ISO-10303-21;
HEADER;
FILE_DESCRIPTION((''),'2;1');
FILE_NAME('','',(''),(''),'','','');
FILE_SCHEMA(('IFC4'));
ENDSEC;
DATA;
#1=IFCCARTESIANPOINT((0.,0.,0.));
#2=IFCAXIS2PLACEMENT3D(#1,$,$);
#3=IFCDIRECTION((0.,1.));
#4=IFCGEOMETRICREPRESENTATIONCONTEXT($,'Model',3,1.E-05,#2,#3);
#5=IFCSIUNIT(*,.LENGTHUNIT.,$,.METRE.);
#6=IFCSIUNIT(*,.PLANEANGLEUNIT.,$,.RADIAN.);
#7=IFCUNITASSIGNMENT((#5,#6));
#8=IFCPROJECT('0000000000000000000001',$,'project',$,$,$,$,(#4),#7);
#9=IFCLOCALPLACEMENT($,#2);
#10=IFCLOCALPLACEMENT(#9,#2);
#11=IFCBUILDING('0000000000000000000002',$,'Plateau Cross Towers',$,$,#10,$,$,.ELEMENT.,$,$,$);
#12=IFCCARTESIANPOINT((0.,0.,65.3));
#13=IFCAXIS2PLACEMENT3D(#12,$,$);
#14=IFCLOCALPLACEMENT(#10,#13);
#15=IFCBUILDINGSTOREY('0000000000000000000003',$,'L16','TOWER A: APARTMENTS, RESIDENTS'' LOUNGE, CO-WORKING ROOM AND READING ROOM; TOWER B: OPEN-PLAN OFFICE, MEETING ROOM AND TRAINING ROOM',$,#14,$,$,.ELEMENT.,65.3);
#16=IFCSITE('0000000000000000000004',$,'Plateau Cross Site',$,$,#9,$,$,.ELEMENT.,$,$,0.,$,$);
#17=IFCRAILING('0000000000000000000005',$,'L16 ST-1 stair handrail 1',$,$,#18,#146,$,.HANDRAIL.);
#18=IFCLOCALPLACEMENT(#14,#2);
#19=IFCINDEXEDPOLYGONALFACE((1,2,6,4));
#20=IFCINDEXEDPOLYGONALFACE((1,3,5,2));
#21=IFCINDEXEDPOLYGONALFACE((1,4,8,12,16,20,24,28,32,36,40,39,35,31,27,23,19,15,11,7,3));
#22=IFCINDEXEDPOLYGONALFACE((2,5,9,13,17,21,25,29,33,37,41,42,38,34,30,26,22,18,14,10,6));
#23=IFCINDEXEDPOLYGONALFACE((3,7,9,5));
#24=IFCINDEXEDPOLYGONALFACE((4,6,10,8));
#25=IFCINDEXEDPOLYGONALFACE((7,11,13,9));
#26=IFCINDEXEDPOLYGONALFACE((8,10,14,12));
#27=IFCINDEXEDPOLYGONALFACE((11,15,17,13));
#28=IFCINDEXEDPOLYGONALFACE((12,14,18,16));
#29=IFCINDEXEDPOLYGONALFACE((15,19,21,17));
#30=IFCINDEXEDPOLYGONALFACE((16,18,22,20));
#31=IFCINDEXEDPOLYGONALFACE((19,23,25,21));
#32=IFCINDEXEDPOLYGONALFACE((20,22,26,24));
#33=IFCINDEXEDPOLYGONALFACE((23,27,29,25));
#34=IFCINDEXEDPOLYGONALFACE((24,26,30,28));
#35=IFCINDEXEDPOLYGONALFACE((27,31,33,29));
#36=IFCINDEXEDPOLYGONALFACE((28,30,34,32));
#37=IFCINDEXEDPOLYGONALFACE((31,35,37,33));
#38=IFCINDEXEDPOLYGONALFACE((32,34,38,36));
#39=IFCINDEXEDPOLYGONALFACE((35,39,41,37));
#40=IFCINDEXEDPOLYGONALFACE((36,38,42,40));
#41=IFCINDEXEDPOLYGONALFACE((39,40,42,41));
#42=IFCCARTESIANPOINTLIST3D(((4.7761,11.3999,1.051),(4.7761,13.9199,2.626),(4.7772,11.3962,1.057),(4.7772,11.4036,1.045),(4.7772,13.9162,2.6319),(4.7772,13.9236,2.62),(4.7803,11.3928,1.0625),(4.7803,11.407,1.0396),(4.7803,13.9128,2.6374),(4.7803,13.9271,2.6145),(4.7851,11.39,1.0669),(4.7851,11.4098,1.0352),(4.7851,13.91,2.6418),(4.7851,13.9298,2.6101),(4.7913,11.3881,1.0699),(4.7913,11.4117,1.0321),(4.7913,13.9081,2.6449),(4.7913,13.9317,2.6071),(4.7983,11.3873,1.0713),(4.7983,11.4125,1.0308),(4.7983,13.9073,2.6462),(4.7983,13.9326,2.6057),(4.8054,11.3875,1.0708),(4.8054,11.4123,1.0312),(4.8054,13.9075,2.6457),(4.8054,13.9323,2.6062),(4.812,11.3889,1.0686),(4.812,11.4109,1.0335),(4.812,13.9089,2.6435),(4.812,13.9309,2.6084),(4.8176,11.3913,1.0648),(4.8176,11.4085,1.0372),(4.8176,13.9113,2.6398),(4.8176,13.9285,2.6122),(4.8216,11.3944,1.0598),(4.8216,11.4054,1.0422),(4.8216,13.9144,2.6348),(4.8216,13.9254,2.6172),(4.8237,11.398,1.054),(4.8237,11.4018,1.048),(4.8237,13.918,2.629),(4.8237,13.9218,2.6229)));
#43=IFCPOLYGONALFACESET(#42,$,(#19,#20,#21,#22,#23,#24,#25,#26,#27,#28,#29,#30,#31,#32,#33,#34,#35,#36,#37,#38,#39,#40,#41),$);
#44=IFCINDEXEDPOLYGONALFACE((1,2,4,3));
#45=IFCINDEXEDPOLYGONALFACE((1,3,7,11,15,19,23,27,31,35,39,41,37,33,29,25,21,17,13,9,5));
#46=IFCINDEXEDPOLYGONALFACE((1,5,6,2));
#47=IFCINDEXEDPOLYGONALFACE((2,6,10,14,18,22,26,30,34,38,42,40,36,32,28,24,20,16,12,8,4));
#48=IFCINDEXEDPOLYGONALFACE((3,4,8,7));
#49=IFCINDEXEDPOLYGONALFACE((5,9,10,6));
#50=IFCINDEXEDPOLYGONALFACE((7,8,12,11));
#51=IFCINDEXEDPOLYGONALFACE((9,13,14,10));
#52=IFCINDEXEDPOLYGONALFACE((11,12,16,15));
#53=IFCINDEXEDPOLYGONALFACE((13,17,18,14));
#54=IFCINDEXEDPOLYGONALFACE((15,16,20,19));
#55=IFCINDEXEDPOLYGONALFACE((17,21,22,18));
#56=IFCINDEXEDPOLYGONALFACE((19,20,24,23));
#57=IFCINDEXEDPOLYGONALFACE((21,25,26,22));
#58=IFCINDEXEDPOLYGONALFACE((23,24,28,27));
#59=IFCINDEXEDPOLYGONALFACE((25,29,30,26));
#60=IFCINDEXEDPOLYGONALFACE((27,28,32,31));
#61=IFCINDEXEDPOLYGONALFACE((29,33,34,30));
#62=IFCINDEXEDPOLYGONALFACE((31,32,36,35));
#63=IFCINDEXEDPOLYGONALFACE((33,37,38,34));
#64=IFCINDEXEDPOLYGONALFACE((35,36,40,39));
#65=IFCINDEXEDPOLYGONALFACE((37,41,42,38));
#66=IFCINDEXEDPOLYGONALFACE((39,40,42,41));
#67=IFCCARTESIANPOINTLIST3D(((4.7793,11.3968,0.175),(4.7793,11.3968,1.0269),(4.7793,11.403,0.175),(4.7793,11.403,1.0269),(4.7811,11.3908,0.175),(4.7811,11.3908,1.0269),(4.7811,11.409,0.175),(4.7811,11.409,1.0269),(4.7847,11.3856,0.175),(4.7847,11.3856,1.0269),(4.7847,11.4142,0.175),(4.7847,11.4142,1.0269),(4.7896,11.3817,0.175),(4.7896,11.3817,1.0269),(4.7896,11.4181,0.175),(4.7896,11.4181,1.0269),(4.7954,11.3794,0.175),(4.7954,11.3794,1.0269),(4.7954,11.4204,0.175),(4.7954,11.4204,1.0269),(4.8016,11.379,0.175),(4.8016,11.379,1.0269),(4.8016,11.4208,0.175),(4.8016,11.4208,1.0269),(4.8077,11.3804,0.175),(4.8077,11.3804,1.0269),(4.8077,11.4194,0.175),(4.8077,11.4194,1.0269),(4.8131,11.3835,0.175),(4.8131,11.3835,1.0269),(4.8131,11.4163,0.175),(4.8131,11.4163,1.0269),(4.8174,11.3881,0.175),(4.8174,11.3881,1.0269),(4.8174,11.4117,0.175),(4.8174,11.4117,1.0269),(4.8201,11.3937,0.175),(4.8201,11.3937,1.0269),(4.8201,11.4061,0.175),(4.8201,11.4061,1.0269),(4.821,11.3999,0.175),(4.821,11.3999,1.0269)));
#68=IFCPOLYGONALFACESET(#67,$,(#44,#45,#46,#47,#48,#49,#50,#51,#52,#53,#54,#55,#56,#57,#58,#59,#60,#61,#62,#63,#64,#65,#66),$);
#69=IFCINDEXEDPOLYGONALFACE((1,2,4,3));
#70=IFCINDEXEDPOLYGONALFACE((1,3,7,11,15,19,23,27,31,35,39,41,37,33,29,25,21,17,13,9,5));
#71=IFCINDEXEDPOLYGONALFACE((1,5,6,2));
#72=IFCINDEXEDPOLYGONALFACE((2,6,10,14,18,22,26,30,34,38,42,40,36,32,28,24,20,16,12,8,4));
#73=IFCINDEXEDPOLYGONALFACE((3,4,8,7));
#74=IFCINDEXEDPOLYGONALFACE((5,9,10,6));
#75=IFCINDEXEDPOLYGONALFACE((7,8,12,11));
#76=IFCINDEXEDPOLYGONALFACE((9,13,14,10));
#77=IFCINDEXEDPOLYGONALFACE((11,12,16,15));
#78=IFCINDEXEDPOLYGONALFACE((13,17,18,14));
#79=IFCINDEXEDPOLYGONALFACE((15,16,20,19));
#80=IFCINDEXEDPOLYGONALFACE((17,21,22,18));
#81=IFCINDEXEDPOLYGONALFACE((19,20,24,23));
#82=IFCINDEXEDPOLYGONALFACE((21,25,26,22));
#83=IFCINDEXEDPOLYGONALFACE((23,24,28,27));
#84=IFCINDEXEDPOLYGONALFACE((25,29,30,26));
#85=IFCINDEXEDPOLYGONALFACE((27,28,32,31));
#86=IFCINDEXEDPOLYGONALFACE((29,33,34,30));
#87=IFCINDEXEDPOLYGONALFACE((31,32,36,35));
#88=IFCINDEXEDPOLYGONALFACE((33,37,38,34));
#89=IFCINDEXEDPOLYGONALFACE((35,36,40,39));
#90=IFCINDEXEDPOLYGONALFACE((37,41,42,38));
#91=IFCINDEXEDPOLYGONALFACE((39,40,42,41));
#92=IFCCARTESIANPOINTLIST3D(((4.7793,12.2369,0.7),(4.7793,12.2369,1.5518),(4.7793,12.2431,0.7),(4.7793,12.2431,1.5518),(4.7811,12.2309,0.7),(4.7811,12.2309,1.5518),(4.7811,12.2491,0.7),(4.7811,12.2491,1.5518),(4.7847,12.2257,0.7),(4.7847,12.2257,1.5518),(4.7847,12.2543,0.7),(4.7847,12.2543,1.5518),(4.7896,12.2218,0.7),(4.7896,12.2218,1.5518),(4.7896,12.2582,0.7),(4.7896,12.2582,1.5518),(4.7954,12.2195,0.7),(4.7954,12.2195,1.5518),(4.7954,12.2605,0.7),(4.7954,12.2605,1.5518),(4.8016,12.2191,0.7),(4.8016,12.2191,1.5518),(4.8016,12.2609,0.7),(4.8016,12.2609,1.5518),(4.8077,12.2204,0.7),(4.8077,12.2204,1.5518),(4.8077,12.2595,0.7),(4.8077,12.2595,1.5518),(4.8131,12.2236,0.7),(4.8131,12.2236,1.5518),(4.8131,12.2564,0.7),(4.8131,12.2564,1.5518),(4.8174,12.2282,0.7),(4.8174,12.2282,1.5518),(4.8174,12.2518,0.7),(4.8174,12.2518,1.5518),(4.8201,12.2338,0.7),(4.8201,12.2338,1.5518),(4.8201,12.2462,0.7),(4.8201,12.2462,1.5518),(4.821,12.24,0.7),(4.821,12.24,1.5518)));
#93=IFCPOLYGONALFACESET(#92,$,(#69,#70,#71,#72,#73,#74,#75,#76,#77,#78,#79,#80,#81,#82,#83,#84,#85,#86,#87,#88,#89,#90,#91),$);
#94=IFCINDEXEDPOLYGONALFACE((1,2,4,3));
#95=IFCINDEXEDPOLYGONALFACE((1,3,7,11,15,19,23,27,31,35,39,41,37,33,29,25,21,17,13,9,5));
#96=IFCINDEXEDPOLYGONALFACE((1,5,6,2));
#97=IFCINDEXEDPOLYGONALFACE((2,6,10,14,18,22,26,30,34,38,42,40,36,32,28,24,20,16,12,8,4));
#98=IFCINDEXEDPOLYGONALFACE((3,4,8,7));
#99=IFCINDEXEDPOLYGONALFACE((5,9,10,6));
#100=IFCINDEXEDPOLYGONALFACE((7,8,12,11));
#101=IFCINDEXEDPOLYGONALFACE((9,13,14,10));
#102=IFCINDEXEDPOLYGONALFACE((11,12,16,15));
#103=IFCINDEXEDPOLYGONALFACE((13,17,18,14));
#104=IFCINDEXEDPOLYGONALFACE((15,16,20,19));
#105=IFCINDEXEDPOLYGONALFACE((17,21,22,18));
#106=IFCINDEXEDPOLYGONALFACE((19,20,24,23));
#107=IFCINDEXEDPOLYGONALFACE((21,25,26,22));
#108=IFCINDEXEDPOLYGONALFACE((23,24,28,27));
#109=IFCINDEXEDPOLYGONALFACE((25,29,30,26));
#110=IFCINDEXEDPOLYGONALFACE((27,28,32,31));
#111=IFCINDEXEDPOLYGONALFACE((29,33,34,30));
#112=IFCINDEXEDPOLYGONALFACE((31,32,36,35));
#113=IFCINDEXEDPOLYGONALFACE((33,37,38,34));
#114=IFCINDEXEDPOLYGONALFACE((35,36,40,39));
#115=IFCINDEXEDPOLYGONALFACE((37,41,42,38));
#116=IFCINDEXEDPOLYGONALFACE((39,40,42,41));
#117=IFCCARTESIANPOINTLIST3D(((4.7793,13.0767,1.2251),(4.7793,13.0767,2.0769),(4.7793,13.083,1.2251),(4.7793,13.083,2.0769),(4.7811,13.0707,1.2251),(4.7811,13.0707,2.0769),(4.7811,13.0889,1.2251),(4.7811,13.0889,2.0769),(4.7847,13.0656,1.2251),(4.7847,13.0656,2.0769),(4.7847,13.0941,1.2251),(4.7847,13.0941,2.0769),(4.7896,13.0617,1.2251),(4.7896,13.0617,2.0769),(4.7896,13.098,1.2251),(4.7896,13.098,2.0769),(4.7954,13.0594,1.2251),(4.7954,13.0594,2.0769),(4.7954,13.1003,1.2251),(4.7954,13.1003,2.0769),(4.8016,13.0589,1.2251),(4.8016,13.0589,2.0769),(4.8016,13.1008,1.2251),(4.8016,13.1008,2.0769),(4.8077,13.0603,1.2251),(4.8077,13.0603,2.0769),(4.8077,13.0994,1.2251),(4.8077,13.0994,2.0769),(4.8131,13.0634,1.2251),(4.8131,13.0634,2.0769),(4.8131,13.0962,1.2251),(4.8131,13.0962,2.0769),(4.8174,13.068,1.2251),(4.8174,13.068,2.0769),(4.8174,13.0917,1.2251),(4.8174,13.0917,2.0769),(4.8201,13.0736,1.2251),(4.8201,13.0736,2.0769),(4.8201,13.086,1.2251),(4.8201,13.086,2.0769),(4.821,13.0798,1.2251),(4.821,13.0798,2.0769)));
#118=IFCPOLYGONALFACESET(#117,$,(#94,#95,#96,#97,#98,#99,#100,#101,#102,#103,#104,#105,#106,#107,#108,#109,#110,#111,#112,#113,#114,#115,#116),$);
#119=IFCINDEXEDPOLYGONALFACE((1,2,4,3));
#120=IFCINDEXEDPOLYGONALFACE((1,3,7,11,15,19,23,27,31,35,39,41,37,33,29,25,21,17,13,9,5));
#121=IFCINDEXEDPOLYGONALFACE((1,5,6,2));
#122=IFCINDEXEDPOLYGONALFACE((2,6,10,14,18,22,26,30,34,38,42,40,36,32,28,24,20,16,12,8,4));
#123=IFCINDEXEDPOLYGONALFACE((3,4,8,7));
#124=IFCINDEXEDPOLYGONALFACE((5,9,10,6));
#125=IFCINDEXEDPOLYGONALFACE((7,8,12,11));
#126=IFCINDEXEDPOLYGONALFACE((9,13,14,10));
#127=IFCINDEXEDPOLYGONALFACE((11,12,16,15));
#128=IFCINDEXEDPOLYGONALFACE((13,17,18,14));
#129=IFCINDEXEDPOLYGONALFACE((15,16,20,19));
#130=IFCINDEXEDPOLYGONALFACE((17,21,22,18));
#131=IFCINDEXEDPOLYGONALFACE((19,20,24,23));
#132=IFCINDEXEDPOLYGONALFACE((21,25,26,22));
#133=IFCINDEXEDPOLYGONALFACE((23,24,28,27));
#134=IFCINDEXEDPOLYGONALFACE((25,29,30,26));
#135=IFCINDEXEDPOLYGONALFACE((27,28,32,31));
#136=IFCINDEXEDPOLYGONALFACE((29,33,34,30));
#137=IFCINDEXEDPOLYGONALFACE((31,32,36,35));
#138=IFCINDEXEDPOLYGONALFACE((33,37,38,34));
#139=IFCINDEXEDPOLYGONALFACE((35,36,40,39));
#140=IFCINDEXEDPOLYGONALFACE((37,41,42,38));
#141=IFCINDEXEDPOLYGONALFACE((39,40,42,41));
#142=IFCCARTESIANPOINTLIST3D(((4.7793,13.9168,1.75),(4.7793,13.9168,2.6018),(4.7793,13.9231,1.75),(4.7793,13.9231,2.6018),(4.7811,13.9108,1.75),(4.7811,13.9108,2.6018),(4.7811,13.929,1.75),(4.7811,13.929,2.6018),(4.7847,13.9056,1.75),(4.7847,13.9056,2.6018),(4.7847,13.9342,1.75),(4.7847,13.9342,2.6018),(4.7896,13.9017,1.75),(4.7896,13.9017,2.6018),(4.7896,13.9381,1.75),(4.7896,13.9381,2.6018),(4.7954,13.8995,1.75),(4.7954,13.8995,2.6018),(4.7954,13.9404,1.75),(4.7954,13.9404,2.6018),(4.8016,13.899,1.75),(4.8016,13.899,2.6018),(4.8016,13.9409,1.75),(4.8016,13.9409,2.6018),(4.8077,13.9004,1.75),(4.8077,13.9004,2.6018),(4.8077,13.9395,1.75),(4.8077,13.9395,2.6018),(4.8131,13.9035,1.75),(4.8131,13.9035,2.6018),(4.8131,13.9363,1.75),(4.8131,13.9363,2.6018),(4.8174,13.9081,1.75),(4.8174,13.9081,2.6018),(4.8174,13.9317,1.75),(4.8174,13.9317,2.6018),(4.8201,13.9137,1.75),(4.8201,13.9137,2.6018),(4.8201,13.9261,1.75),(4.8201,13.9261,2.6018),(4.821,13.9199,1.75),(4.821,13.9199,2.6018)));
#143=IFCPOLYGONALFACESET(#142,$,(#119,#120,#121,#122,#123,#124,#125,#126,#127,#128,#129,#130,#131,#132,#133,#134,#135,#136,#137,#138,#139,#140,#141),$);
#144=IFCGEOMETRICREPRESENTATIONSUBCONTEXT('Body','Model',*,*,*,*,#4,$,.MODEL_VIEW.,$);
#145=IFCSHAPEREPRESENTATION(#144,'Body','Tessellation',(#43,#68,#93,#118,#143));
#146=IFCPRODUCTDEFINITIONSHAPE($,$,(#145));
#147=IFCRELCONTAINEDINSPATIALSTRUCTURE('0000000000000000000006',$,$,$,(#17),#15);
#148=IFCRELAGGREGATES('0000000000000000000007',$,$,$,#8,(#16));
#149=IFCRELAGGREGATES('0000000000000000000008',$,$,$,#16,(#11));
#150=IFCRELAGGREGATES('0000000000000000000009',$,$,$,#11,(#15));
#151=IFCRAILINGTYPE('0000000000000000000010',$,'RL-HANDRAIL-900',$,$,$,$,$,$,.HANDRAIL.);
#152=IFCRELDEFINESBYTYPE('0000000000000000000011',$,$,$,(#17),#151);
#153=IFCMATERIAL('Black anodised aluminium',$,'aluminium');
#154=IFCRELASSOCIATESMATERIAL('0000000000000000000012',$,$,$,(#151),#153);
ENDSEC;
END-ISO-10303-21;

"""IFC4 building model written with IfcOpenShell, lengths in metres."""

from ifc_helpers import new_model, si_unit, direction, frame, origin, origin_2d, place, context, subcontext, project, spatial, circle, extrude, material, type_object, element, save


model = new_model("IFC4")

# Units and contexts
model_context = context("Model", 3, precision=1e-05, world=origin(), true_north=direction((0.0, 1.0)))
body_context = subcontext(model_context, "Body", "Model", "MODEL_VIEW")
ifc_project = project(units=[si_unit("LENGTHUNIT", "METRE"), si_unit("PLANEANGLEUNIT", "RADIAN")], contexts=[model_context])

# Site, building, storey
site_placement = place(None, origin())
site = spatial("IfcSite", under=ifc_project, at=site_placement, Name="Plateau Cross Site", CompositionType="ELEMENT", RefElevation=0.0)
building_placement = place(site_placement, origin())
building = spatial("IfcBuilding", under=site, at=building_placement, Name="Plateau Cross Towers", CompositionType="ELEMENT")
storey_placement = place(building_placement, frame((0.0, 0.0, 65.3)))
storey = spatial("IfcBuildingStorey", under=building, at=storey_placement, Name="L16", Description="TOWER A: APARTMENTS, RESIDENTS' LOUNGE, CO-WORKING ROOM AND READING ROOM; TOWER B: OPEN-PLAN OFFICE, MEETING ROOM AND TRAINING ROOM", CompositionType="ELEMENT", Elevation=65.3)

# Shared definitions
ifc_material_1 = material(Name="Black anodised aluminium", Category="aluminium")

# Railing
railing_type_1 = type_object("IfcRailingType", Name="RL-HANDRAIL-900", PredefinedType="HANDRAIL", material=ifc_material_1)
railing_1_placement = place(storey_placement, frame((4.8, 11.3999, 0.175)))
element("IfcRailing", 1, at=railing_1_placement, inside=storey, type_object=railing_type_1, Name="L16 ST-1 stair handrail 1", PredefinedType="HANDRAIL", context=body_context, shape_type="SweptSolid", body=[
    extrude(circle(Radius=0.0239, at=origin_2d()), frame((0.0, 0.0, 0.876), z_axis=(0.0, 0.848008, 0.529984), x_axis=(-1.0, 0.0, 0.0)), (0.0, 0.0, 1.0), 2.9717),
    extrude(circle(Radius=0.021, at=origin_2d()), origin(), (0.0, 0.0, 1.0), 0.8518),
    extrude(circle(Radius=0.021, at=origin_2d()), frame((0.0, 0.8401, 0.5249)), (0.0, 0.0, 1.0), 0.8518),
    extrude(circle(Radius=0.021, at=origin_2d()), frame((0.0, 1.6799, 1.05)), (0.0, 0.0, 1.0), 0.8518),
    extrude(circle(Radius=0.021, at=origin_2d()), frame((0.0, 2.52, 1.575)), (0.0, 0.0, 1.0), 0.8518),
])

save(model, "model.ifc")
